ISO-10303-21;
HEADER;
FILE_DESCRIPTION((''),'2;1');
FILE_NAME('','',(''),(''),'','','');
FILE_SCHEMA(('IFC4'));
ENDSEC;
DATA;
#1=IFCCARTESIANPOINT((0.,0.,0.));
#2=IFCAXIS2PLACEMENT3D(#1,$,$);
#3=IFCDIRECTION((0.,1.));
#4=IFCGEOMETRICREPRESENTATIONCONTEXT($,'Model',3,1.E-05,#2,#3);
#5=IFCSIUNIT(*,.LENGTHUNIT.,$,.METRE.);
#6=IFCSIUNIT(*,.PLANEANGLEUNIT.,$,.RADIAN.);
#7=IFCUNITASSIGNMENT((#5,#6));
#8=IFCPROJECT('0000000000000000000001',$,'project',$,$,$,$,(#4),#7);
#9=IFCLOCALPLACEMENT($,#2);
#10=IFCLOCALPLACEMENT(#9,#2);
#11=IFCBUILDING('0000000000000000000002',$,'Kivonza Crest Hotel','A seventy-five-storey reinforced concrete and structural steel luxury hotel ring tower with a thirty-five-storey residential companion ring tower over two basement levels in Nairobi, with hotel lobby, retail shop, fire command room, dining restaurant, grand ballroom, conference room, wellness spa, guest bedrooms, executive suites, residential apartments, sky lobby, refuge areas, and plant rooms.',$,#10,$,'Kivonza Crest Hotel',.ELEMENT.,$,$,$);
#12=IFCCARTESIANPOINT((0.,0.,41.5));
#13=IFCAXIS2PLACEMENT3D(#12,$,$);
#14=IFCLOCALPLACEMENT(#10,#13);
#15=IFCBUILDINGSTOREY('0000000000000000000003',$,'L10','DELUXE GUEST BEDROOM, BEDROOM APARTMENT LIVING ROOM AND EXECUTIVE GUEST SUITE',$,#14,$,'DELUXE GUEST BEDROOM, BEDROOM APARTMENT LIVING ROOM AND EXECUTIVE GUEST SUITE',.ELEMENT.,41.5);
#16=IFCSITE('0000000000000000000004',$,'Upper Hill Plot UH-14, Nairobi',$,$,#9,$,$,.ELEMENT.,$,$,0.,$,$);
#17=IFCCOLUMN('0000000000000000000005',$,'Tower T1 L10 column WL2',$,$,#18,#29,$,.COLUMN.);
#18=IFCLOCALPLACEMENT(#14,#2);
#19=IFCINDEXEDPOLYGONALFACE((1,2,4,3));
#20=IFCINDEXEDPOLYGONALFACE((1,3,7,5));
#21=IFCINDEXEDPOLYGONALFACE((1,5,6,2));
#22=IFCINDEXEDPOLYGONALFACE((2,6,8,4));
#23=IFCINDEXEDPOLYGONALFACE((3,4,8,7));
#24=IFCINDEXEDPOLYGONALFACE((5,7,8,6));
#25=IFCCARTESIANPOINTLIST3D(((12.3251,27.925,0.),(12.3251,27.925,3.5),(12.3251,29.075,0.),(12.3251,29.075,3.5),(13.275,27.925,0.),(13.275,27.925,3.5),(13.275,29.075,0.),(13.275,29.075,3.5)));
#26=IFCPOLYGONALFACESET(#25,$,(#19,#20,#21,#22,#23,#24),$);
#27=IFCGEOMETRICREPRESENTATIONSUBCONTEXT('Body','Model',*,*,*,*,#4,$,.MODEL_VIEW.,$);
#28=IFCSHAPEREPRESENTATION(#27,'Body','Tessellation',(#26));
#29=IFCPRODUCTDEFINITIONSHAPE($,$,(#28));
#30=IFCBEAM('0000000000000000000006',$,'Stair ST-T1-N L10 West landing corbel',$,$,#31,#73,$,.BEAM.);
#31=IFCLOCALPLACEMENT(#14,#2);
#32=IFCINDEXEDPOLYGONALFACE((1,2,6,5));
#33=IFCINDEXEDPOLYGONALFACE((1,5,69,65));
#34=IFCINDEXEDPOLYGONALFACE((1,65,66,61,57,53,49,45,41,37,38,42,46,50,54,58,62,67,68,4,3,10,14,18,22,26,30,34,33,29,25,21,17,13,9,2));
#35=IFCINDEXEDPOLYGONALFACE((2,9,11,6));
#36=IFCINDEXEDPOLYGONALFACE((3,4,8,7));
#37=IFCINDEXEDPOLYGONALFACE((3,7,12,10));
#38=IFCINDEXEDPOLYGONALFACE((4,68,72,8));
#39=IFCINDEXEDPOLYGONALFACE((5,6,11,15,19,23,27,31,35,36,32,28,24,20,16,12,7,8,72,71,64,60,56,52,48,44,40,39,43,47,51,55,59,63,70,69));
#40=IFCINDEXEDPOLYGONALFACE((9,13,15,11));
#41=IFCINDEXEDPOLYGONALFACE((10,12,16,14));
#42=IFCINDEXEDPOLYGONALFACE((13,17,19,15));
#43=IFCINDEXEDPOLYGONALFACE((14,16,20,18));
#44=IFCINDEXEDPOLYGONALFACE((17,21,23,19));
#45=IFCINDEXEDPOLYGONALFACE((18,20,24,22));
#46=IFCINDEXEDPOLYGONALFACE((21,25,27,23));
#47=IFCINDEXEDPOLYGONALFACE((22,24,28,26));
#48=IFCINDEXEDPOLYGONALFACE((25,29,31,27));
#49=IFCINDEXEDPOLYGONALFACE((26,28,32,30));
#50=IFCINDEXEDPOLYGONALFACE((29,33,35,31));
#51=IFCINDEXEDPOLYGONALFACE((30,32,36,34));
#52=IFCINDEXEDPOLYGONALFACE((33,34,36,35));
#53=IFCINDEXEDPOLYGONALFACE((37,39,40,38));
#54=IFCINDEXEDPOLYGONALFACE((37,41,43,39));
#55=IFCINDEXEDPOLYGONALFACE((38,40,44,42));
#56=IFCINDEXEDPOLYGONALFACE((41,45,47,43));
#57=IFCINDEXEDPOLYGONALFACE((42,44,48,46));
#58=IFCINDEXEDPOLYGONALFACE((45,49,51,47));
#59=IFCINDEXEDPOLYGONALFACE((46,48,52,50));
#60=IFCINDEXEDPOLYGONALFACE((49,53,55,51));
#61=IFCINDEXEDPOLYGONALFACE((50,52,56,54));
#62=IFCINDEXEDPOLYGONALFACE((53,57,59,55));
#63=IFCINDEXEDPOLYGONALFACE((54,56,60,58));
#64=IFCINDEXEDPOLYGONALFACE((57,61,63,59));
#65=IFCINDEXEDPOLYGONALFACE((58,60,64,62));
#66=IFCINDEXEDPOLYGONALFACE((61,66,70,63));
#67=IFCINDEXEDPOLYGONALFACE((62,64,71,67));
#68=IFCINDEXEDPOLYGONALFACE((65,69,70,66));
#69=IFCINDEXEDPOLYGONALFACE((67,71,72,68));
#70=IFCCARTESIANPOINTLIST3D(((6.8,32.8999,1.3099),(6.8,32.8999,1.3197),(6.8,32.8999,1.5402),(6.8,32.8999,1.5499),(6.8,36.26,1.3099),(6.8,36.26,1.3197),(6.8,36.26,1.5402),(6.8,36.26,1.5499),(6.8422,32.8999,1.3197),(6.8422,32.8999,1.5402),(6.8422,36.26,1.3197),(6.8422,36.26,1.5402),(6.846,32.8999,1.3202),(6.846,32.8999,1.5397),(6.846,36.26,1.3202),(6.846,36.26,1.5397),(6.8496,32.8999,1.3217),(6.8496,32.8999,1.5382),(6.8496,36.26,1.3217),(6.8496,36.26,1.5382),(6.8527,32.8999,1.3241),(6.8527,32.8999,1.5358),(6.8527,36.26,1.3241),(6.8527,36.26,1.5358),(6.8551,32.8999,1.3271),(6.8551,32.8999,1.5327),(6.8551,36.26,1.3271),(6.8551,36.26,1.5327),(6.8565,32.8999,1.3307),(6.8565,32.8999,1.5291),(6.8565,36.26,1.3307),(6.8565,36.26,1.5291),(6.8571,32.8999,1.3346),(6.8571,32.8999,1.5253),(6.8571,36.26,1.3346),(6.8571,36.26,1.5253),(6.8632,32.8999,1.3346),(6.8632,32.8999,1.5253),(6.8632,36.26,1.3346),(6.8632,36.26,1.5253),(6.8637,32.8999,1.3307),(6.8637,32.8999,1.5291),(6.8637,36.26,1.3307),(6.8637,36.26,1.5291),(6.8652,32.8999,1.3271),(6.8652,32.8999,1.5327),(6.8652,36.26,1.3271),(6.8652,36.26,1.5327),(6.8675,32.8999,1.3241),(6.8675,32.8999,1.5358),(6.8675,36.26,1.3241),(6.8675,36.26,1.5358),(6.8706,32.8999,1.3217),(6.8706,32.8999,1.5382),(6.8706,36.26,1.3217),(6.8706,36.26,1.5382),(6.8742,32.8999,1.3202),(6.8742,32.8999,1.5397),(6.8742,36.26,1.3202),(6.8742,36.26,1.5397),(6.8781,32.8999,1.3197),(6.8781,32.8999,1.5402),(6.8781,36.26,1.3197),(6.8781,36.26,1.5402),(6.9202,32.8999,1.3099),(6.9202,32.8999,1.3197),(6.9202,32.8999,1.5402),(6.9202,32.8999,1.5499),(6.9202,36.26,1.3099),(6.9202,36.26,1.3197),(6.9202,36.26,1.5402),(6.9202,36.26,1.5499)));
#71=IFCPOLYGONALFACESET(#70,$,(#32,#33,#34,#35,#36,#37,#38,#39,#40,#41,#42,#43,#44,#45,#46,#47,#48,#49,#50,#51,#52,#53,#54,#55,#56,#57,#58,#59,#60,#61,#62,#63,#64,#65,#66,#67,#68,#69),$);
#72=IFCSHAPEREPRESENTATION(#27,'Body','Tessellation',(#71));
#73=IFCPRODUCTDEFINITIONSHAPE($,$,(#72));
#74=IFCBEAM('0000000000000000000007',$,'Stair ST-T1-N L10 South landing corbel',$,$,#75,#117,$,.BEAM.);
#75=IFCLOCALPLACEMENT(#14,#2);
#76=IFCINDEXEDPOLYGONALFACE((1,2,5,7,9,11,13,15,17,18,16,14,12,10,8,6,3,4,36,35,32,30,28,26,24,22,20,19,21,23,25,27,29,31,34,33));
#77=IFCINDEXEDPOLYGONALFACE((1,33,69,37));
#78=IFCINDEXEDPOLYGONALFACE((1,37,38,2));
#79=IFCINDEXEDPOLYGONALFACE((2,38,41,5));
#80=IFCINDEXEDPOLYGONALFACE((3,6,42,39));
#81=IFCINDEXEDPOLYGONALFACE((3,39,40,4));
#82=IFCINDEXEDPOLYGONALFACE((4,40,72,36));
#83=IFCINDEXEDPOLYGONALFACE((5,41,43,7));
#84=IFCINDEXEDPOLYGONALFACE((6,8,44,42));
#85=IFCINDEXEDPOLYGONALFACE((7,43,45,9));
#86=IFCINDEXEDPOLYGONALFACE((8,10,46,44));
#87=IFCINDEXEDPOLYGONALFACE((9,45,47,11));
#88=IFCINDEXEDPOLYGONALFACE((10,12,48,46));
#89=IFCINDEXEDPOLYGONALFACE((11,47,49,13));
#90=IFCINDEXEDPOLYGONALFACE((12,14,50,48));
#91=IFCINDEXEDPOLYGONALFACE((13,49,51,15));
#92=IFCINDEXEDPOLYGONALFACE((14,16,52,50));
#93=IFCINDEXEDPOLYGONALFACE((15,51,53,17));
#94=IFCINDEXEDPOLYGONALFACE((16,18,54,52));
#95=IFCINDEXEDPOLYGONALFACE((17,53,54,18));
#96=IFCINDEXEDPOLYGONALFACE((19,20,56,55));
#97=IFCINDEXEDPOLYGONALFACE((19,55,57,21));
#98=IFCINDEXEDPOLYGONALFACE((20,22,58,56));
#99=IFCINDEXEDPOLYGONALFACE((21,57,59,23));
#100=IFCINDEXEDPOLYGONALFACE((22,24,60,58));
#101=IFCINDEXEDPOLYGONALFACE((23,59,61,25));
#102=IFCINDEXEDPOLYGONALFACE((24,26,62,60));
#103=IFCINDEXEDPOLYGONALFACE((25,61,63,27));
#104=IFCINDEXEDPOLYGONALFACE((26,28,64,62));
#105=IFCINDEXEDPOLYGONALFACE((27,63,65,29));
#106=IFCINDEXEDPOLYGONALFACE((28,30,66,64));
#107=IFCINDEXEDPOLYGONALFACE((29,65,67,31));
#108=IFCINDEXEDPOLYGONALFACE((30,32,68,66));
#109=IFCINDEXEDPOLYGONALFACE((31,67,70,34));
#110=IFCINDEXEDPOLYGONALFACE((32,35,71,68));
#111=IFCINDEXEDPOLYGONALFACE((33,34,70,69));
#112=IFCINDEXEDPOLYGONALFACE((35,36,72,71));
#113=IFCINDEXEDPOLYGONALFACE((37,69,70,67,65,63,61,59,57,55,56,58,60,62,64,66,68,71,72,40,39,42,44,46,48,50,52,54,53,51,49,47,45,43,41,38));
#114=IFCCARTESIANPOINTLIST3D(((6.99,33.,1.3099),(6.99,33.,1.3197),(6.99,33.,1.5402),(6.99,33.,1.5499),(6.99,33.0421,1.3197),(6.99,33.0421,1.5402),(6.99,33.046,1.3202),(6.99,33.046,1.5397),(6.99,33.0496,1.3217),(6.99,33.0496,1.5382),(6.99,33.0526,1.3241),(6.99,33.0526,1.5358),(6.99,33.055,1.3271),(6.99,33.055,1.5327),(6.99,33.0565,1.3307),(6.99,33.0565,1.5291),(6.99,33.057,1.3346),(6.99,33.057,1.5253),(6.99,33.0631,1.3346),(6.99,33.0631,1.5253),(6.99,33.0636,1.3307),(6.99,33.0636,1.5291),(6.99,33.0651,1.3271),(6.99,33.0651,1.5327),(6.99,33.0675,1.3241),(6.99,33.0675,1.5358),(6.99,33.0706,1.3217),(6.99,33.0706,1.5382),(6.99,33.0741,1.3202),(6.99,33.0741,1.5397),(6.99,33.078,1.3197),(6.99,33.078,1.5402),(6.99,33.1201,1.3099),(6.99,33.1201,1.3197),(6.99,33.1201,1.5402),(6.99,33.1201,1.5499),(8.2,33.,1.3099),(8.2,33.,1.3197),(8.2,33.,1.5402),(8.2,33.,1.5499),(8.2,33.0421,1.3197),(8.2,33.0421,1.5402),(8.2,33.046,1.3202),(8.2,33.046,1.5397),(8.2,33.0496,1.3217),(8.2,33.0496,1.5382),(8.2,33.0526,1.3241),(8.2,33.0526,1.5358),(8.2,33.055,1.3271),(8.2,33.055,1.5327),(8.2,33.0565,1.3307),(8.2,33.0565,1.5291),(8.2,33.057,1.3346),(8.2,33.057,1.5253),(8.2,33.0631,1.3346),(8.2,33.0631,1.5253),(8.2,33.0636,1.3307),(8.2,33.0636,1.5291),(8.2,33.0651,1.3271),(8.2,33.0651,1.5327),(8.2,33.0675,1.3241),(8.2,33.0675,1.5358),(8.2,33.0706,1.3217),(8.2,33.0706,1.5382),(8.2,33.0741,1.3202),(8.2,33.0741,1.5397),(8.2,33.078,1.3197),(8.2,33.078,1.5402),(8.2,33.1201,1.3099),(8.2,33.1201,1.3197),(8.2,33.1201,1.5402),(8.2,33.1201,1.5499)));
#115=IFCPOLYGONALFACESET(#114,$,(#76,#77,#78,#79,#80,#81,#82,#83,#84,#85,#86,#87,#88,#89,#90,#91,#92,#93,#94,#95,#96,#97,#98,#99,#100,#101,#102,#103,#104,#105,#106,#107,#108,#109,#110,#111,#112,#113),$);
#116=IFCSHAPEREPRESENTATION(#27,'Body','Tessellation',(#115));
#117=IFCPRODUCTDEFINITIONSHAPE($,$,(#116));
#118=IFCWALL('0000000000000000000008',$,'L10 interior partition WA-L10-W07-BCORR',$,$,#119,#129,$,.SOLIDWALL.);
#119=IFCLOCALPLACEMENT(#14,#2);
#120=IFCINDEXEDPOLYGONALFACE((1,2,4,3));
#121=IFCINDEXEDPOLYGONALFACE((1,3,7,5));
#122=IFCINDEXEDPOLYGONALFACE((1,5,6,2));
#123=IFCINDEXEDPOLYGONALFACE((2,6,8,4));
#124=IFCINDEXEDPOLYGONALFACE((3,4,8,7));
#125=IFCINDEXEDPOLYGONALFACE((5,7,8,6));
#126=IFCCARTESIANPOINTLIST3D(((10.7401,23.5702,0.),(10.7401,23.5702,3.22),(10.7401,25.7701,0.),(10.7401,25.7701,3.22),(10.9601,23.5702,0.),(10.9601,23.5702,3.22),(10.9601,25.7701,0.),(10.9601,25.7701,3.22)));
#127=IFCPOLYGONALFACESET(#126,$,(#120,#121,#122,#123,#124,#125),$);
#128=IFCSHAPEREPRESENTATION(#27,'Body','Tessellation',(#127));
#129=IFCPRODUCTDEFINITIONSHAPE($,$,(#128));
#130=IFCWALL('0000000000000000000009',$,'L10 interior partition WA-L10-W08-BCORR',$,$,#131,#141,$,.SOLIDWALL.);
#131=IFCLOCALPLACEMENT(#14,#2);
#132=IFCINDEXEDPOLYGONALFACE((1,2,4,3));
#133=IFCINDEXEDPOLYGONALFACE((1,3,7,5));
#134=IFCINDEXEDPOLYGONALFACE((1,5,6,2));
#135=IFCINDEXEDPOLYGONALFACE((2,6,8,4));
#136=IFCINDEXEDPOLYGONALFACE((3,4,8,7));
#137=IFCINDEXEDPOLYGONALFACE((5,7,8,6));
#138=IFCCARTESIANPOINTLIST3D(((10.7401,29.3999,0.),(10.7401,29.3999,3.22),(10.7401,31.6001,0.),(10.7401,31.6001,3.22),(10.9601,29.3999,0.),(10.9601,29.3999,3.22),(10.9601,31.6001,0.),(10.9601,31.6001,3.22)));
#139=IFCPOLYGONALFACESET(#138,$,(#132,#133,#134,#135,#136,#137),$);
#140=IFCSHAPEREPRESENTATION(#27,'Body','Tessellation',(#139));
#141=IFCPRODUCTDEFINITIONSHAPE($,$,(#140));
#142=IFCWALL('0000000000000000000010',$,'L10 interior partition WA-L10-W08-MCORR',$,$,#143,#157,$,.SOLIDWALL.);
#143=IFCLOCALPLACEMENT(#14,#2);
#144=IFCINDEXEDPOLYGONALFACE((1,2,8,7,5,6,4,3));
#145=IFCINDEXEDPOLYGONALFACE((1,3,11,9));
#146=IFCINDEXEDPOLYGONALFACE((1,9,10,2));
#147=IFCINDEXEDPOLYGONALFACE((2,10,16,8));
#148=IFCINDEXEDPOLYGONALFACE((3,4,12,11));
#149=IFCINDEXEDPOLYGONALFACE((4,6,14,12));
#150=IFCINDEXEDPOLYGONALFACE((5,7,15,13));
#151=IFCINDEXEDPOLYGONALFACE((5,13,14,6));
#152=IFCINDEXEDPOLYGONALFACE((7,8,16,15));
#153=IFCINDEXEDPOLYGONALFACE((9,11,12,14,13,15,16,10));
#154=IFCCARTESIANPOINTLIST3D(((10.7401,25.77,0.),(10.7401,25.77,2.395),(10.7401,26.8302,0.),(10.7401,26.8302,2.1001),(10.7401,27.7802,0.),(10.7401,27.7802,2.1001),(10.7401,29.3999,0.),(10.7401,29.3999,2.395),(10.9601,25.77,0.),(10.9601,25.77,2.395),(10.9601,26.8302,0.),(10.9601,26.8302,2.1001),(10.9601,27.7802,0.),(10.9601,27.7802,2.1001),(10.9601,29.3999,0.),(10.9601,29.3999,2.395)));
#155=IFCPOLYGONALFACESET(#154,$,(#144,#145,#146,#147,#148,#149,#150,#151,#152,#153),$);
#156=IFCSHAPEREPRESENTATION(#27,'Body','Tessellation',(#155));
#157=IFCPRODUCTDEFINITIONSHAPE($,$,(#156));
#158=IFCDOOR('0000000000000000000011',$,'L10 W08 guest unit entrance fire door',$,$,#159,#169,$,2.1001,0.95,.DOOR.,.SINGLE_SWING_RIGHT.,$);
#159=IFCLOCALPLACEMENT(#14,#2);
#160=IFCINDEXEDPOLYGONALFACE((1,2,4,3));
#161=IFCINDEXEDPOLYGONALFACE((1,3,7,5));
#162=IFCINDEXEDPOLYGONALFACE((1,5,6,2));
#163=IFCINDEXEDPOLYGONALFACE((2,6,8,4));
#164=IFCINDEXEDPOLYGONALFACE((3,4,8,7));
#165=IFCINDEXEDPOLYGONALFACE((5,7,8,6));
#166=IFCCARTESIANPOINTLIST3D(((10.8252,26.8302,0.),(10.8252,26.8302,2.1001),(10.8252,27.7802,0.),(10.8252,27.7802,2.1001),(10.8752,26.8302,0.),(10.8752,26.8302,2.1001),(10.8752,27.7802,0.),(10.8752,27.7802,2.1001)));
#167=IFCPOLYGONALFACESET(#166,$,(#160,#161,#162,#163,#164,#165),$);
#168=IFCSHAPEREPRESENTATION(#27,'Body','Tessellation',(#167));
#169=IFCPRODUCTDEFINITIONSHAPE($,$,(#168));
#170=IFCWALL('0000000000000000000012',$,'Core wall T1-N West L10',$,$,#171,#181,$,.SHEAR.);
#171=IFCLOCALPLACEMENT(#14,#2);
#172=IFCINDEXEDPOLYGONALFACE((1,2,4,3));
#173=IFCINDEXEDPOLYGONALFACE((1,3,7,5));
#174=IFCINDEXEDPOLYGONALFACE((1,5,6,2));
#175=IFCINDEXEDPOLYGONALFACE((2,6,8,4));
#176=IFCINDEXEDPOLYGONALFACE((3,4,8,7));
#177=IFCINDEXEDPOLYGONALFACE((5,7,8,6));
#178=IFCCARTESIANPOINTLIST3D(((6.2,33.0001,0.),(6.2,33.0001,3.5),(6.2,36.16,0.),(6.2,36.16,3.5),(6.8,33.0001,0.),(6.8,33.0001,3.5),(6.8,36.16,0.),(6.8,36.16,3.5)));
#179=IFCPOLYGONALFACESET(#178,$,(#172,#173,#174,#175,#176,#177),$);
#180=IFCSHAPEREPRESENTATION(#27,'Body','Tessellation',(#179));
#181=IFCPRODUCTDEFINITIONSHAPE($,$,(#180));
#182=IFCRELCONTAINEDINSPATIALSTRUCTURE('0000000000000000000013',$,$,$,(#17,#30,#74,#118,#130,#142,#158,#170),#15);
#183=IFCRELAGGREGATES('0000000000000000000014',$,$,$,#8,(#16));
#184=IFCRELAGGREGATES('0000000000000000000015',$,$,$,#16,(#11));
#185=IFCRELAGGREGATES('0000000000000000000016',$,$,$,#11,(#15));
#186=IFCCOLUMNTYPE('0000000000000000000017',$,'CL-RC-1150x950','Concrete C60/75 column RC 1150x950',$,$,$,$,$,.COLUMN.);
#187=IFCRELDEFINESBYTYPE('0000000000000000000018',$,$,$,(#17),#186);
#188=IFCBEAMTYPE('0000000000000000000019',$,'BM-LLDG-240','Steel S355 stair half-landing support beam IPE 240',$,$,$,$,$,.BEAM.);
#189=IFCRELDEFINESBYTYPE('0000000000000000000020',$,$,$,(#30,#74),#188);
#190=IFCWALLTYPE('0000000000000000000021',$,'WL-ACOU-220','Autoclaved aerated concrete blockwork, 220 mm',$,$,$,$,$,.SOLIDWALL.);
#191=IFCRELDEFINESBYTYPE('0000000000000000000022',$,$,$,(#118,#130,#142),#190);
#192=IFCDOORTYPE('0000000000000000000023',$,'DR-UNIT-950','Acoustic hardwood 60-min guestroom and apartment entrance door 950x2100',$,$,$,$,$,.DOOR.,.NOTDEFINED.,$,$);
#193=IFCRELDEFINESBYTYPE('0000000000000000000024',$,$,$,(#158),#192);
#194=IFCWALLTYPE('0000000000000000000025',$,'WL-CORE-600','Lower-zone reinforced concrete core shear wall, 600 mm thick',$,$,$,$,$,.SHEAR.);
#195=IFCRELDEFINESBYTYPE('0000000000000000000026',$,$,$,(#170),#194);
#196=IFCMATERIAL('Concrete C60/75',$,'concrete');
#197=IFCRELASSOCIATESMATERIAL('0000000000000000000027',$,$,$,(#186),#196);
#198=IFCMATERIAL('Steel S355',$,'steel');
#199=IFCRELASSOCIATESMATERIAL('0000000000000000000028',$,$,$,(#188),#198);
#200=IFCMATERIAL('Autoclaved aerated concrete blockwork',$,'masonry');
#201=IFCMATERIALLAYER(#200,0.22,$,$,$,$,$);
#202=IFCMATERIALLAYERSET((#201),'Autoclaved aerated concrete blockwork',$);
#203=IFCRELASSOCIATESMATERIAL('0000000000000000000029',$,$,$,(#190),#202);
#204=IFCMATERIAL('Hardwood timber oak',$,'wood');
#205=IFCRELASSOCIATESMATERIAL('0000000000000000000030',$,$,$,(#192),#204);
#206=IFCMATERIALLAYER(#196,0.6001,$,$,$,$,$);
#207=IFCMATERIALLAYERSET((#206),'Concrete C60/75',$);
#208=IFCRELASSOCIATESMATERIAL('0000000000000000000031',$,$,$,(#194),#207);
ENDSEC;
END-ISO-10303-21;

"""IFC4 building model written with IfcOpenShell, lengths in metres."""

from ifc_helpers import new_model, si_unit, direction, frame, frame_2d, origin, origin_2d, place, context, subcontext, project, spatial, rectangle, i_section, extrude, material, layer, layer_set, material_profile, profile_set, type_object, element, fill, save


model = new_model("IFC4")

# Units and contexts
model_context = context("Model", 3, precision=1e-05, world=origin(), true_north=direction((0.0, 1.0)))
body_context = subcontext(model_context, "Body", "Model", "MODEL_VIEW")
ifc_project = project(units=[si_unit("LENGTHUNIT", "METRE"), si_unit("PLANEANGLEUNIT", "RADIAN")], contexts=[model_context])

# Site, building, storey
site_placement = place(None, origin())
site = spatial("IfcSite", under=ifc_project, at=site_placement, Name="Upper Hill Plot UH-14, Nairobi", CompositionType="ELEMENT", RefElevation=0.0)
building_placement = place(site_placement, origin())
building = spatial("IfcBuilding", under=site, at=building_placement, Name="Kivonza Crest Hotel", Description="A seventy-five-storey reinforced concrete and structural steel luxury hotel ring tower with a thirty-five-storey residential companion ring tower over two basement levels in Nairobi, with hotel lobby, retail shop, fire command room, dining restaurant, grand ballroom, conference room, wellness spa, guest bedrooms, executive suites, residential apartments, sky lobby, refuge areas, and plant rooms.", LongName="Kivonza Crest Hotel", CompositionType="ELEMENT")
storey_placement = place(building_placement, frame((0.0, 0.0, 41.5)))
storey = spatial("IfcBuildingStorey", under=building, at=storey_placement, Name="L10", Description="DELUXE GUEST BEDROOM, BEDROOM APARTMENT LIVING ROOM AND EXECUTIVE GUEST SUITE", LongName="DELUXE GUEST BEDROOM, BEDROOM APARTMENT LIVING ROOM AND EXECUTIVE GUEST SUITE", CompositionType="ELEMENT", Elevation=41.5)

# Column
ifc_material_1 = material(Name="Concrete C60/75", Category="concrete")
ifc_material_profile_1 = material_profile(ifc_material_1, rectangle(XDim=0.95, YDim=1.1499, at=origin_2d()), Name="RC 1150x950")
ifc_profile_set_1 = profile_set([ifc_material_profile_1], Name="Concrete C60/75")
column_type = type_object("IfcColumnType", Name="CL-RC-1150x950", Description="Concrete C60/75 column RC 1150x950", PredefinedType="COLUMN", material=ifc_profile_set_1)
column_placement = place(storey_placement, frame((12.8, 28.5, 0.0), z_axis=(0.0, 0.0, 1.0), x_axis=(1.0, 0.0, 0.0)))
element("IfcColumn", 1, at=column_placement, inside=storey, type_object=column_type, Name="Tower T1 L10 column WL2", PredefinedType="COLUMN", context=body_context, shape_type="SweptSolid", body=[
    extrude(rectangle(XDim=0.95, YDim=1.1499, at=origin_2d()), origin(), (0.0, 0.0, 1.0), 3.5),
])

# Beams
ifc_material_2 = material(Name="Steel S355", Category="steel")
ifc_material_profile_2 = material_profile(ifc_material_2, i_section(OverallWidth=0.1201, OverallDepth=0.24, WebThickness=0.0061, FlangeThickness=0.0098, FilletRadius=0.0149, at=origin_2d()), Name="IPE 240")
ifc_profile_set_2 = profile_set([ifc_material_profile_2], Name="Steel S355")
beam_type = type_object("IfcBeamType", Name="BM-LLDG-240", Description="Steel S355 stair half-landing support beam IPE 240", PredefinedType="BEAM", material=ifc_profile_set_2)
beam_1_placement = place(storey_placement, frame((6.8601, 32.8999, 1.4299), z_axis=(0.0, 1.0, 0.0), x_axis=(-1.0, 0.0, 0.0)))
element("IfcBeam", 2, at=beam_1_placement, inside=storey, type_object=beam_type, Name="Stair ST-T1-N L10 West landing corbel", PredefinedType="BEAM", context=body_context, shape_type="SweptSolid", body=[
    extrude(i_section(OverallWidth=0.1201, OverallDepth=0.24, WebThickness=0.0061, FlangeThickness=0.0098, FilletRadius=0.0149, at=origin_2d()), origin(), (0.0, 0.0, 1.0), 3.3601),
])
beam_2_placement = place(storey_placement, frame((6.99, 33.0601, 1.4299), z_axis=(1.0, 0.0, 0.0), x_axis=(0.0, 1.0, 0.0)))
element("IfcBeam", 3, at=beam_2_placement, inside=storey, type_object=beam_type, Name="Stair ST-T1-N L10 South landing corbel", PredefinedType="BEAM", context=body_context, shape_type="SweptSolid", body=[
    extrude(i_section(OverallWidth=0.1201, OverallDepth=0.24, WebThickness=0.0061, FlangeThickness=0.0098, FilletRadius=0.0149, at=origin_2d()), origin(), (0.0, 0.0, 1.0), 1.21),
])

# Walls
ifc_material_3 = material(Name="Autoclaved aerated concrete blockwork", Category="masonry")
ifc_layer_1 = layer(ifc_material_3, 0.22)
ifc_layer_set_1 = layer_set([ifc_layer_1], Name="Autoclaved aerated concrete blockwork")
wall_type_1 = type_object("IfcWallType", Name="WL-ACOU-220", Description="Autoclaved aerated concrete blockwork, 220 mm", PredefinedType="SOLIDWALL", material=ifc_layer_set_1)
wall_1_placement = place(storey_placement, frame((10.8501, 23.5701, 0.0), z_axis=(0.0, 0.0, 1.0), x_axis=(0.0, 1.0, 0.0)))
element("IfcWall", 4, at=wall_1_placement, inside=storey, type_object=wall_type_1, Name="L10 interior partition WA-L10-W07-BCORR", PredefinedType="SOLIDWALL", context=body_context, shape_type="SweptSolid", body=[
    extrude(rectangle(XDim=2.2, YDim=0.22, at=frame_2d((1.1001, 0.0))), origin(), (0.0, 0.0, 1.0), 3.22),
])
wall_2_placement = place(storey_placement, frame((10.8501, 29.3999, 0.0), z_axis=(0.0, 0.0, 1.0), x_axis=(0.0, 1.0, 0.0)))
element("IfcWall", 5, at=wall_2_placement, inside=storey, type_object=wall_type_1, Name="L10 interior partition WA-L10-W08-BCORR", PredefinedType="SOLIDWALL", context=body_context, shape_type="SweptSolid", body=[
    extrude(rectangle(XDim=2.2002, YDim=0.22, at=frame_2d((1.1001, 0.0))), origin(), (0.0, 0.0, 1.0), 3.22),
])

# Wall, opening, door
wall_3_placement = place(storey_placement, frame((10.8501, 25.77, 0.0), z_axis=(0.0, 0.0, 1.0), x_axis=(0.0, 1.0, 0.0)))
wall_3 = element("IfcWall", 6, at=wall_3_placement, inside=storey, type_object=wall_type_1, Name="L10 interior partition WA-L10-W08-MCORR", PredefinedType="SOLIDWALL", context=body_context, shape_type="SweptSolid", body=[
    extrude(rectangle(XDim=3.6299, YDim=0.22, at=frame_2d((1.8149, 0.0))), origin(), (0.0, 0.0, 1.0), 2.395),
])
opening_1_placement = place(wall_3_placement, frame((1.0601, 0.0, 0.0)))
opening_1 = element("IfcOpeningElement", 7, at=opening_1_placement, cuts=wall_3, PredefinedType="OPENING", context=body_context, shape_type="SweptSolid", body=[
    extrude(rectangle(XDim=0.95, YDim=2.1001, at=frame_2d((0.4751, 1.05))), frame((0.0, 0.1201, 0.0), z_axis=(0.0, -1.0, 0.0), x_axis=(1.0, 0.0, 0.0)), (0.0, 0.0, 1.0), 0.24),
])
ifc_material_4 = material(Name="Hardwood timber oak", Category="wood")
door_type_1 = type_object("IfcDoorType", Name="DR-UNIT-950", Description="Acoustic hardwood 60-min guestroom and apartment entrance door 950x2100", OperationType="NOTDEFINED", PredefinedType="DOOR", material=ifc_material_4)
door_1_placement = place(opening_1_placement, origin())
door_1 = element("IfcDoor", 8, at=door_1_placement, inside=storey, type_object=door_type_1, Name="L10 W08 guest unit entrance fire door", OperationType="SINGLE_SWING_RIGHT", OverallHeight=2.1001, OverallWidth=0.95, PredefinedType="DOOR", context=body_context, shape_type="SweptSolid", body=[
    extrude(rectangle(XDim=0.95, YDim=2.1001, at=frame_2d((0.4751, 1.05))), frame((0.0, 0.0249, 0.0), z_axis=(0.0, -1.0, 0.0), x_axis=(1.0, 0.0, 0.0)), (0.0, 0.0, 1.0), 0.05),
])
fill(opening_1, door_1)

# Wall
ifc_layer_2 = layer(ifc_material_1, 0.6001)
ifc_layer_set_2 = layer_set([ifc_layer_2], Name="Concrete C60/75")
wall_type_2 = type_object("IfcWallType", Name="WL-CORE-600", Description="Lower-zone reinforced concrete core shear wall, 600 mm thick", PredefinedType="SHEAR", material=ifc_layer_set_2)
wall_4_placement = place(storey_placement, frame((6.5, 33.0, 0.0), z_axis=(0.0, 0.0, 1.0), x_axis=(0.0, 1.0, 0.0)))
element("IfcWall", 9, at=wall_4_placement, inside=storey, type_object=wall_type_2, Name="Core wall T1-N West L10", PredefinedType="SHEAR", context=body_context, shape_type="SweptSolid", body=[
    extrude(rectangle(XDim=3.1599, YDim=0.6001, at=frame_2d((1.5801, 0.0))), origin(), (0.0, 0.0, 1.0), 3.5),
])

save(model, "model.ifc")
